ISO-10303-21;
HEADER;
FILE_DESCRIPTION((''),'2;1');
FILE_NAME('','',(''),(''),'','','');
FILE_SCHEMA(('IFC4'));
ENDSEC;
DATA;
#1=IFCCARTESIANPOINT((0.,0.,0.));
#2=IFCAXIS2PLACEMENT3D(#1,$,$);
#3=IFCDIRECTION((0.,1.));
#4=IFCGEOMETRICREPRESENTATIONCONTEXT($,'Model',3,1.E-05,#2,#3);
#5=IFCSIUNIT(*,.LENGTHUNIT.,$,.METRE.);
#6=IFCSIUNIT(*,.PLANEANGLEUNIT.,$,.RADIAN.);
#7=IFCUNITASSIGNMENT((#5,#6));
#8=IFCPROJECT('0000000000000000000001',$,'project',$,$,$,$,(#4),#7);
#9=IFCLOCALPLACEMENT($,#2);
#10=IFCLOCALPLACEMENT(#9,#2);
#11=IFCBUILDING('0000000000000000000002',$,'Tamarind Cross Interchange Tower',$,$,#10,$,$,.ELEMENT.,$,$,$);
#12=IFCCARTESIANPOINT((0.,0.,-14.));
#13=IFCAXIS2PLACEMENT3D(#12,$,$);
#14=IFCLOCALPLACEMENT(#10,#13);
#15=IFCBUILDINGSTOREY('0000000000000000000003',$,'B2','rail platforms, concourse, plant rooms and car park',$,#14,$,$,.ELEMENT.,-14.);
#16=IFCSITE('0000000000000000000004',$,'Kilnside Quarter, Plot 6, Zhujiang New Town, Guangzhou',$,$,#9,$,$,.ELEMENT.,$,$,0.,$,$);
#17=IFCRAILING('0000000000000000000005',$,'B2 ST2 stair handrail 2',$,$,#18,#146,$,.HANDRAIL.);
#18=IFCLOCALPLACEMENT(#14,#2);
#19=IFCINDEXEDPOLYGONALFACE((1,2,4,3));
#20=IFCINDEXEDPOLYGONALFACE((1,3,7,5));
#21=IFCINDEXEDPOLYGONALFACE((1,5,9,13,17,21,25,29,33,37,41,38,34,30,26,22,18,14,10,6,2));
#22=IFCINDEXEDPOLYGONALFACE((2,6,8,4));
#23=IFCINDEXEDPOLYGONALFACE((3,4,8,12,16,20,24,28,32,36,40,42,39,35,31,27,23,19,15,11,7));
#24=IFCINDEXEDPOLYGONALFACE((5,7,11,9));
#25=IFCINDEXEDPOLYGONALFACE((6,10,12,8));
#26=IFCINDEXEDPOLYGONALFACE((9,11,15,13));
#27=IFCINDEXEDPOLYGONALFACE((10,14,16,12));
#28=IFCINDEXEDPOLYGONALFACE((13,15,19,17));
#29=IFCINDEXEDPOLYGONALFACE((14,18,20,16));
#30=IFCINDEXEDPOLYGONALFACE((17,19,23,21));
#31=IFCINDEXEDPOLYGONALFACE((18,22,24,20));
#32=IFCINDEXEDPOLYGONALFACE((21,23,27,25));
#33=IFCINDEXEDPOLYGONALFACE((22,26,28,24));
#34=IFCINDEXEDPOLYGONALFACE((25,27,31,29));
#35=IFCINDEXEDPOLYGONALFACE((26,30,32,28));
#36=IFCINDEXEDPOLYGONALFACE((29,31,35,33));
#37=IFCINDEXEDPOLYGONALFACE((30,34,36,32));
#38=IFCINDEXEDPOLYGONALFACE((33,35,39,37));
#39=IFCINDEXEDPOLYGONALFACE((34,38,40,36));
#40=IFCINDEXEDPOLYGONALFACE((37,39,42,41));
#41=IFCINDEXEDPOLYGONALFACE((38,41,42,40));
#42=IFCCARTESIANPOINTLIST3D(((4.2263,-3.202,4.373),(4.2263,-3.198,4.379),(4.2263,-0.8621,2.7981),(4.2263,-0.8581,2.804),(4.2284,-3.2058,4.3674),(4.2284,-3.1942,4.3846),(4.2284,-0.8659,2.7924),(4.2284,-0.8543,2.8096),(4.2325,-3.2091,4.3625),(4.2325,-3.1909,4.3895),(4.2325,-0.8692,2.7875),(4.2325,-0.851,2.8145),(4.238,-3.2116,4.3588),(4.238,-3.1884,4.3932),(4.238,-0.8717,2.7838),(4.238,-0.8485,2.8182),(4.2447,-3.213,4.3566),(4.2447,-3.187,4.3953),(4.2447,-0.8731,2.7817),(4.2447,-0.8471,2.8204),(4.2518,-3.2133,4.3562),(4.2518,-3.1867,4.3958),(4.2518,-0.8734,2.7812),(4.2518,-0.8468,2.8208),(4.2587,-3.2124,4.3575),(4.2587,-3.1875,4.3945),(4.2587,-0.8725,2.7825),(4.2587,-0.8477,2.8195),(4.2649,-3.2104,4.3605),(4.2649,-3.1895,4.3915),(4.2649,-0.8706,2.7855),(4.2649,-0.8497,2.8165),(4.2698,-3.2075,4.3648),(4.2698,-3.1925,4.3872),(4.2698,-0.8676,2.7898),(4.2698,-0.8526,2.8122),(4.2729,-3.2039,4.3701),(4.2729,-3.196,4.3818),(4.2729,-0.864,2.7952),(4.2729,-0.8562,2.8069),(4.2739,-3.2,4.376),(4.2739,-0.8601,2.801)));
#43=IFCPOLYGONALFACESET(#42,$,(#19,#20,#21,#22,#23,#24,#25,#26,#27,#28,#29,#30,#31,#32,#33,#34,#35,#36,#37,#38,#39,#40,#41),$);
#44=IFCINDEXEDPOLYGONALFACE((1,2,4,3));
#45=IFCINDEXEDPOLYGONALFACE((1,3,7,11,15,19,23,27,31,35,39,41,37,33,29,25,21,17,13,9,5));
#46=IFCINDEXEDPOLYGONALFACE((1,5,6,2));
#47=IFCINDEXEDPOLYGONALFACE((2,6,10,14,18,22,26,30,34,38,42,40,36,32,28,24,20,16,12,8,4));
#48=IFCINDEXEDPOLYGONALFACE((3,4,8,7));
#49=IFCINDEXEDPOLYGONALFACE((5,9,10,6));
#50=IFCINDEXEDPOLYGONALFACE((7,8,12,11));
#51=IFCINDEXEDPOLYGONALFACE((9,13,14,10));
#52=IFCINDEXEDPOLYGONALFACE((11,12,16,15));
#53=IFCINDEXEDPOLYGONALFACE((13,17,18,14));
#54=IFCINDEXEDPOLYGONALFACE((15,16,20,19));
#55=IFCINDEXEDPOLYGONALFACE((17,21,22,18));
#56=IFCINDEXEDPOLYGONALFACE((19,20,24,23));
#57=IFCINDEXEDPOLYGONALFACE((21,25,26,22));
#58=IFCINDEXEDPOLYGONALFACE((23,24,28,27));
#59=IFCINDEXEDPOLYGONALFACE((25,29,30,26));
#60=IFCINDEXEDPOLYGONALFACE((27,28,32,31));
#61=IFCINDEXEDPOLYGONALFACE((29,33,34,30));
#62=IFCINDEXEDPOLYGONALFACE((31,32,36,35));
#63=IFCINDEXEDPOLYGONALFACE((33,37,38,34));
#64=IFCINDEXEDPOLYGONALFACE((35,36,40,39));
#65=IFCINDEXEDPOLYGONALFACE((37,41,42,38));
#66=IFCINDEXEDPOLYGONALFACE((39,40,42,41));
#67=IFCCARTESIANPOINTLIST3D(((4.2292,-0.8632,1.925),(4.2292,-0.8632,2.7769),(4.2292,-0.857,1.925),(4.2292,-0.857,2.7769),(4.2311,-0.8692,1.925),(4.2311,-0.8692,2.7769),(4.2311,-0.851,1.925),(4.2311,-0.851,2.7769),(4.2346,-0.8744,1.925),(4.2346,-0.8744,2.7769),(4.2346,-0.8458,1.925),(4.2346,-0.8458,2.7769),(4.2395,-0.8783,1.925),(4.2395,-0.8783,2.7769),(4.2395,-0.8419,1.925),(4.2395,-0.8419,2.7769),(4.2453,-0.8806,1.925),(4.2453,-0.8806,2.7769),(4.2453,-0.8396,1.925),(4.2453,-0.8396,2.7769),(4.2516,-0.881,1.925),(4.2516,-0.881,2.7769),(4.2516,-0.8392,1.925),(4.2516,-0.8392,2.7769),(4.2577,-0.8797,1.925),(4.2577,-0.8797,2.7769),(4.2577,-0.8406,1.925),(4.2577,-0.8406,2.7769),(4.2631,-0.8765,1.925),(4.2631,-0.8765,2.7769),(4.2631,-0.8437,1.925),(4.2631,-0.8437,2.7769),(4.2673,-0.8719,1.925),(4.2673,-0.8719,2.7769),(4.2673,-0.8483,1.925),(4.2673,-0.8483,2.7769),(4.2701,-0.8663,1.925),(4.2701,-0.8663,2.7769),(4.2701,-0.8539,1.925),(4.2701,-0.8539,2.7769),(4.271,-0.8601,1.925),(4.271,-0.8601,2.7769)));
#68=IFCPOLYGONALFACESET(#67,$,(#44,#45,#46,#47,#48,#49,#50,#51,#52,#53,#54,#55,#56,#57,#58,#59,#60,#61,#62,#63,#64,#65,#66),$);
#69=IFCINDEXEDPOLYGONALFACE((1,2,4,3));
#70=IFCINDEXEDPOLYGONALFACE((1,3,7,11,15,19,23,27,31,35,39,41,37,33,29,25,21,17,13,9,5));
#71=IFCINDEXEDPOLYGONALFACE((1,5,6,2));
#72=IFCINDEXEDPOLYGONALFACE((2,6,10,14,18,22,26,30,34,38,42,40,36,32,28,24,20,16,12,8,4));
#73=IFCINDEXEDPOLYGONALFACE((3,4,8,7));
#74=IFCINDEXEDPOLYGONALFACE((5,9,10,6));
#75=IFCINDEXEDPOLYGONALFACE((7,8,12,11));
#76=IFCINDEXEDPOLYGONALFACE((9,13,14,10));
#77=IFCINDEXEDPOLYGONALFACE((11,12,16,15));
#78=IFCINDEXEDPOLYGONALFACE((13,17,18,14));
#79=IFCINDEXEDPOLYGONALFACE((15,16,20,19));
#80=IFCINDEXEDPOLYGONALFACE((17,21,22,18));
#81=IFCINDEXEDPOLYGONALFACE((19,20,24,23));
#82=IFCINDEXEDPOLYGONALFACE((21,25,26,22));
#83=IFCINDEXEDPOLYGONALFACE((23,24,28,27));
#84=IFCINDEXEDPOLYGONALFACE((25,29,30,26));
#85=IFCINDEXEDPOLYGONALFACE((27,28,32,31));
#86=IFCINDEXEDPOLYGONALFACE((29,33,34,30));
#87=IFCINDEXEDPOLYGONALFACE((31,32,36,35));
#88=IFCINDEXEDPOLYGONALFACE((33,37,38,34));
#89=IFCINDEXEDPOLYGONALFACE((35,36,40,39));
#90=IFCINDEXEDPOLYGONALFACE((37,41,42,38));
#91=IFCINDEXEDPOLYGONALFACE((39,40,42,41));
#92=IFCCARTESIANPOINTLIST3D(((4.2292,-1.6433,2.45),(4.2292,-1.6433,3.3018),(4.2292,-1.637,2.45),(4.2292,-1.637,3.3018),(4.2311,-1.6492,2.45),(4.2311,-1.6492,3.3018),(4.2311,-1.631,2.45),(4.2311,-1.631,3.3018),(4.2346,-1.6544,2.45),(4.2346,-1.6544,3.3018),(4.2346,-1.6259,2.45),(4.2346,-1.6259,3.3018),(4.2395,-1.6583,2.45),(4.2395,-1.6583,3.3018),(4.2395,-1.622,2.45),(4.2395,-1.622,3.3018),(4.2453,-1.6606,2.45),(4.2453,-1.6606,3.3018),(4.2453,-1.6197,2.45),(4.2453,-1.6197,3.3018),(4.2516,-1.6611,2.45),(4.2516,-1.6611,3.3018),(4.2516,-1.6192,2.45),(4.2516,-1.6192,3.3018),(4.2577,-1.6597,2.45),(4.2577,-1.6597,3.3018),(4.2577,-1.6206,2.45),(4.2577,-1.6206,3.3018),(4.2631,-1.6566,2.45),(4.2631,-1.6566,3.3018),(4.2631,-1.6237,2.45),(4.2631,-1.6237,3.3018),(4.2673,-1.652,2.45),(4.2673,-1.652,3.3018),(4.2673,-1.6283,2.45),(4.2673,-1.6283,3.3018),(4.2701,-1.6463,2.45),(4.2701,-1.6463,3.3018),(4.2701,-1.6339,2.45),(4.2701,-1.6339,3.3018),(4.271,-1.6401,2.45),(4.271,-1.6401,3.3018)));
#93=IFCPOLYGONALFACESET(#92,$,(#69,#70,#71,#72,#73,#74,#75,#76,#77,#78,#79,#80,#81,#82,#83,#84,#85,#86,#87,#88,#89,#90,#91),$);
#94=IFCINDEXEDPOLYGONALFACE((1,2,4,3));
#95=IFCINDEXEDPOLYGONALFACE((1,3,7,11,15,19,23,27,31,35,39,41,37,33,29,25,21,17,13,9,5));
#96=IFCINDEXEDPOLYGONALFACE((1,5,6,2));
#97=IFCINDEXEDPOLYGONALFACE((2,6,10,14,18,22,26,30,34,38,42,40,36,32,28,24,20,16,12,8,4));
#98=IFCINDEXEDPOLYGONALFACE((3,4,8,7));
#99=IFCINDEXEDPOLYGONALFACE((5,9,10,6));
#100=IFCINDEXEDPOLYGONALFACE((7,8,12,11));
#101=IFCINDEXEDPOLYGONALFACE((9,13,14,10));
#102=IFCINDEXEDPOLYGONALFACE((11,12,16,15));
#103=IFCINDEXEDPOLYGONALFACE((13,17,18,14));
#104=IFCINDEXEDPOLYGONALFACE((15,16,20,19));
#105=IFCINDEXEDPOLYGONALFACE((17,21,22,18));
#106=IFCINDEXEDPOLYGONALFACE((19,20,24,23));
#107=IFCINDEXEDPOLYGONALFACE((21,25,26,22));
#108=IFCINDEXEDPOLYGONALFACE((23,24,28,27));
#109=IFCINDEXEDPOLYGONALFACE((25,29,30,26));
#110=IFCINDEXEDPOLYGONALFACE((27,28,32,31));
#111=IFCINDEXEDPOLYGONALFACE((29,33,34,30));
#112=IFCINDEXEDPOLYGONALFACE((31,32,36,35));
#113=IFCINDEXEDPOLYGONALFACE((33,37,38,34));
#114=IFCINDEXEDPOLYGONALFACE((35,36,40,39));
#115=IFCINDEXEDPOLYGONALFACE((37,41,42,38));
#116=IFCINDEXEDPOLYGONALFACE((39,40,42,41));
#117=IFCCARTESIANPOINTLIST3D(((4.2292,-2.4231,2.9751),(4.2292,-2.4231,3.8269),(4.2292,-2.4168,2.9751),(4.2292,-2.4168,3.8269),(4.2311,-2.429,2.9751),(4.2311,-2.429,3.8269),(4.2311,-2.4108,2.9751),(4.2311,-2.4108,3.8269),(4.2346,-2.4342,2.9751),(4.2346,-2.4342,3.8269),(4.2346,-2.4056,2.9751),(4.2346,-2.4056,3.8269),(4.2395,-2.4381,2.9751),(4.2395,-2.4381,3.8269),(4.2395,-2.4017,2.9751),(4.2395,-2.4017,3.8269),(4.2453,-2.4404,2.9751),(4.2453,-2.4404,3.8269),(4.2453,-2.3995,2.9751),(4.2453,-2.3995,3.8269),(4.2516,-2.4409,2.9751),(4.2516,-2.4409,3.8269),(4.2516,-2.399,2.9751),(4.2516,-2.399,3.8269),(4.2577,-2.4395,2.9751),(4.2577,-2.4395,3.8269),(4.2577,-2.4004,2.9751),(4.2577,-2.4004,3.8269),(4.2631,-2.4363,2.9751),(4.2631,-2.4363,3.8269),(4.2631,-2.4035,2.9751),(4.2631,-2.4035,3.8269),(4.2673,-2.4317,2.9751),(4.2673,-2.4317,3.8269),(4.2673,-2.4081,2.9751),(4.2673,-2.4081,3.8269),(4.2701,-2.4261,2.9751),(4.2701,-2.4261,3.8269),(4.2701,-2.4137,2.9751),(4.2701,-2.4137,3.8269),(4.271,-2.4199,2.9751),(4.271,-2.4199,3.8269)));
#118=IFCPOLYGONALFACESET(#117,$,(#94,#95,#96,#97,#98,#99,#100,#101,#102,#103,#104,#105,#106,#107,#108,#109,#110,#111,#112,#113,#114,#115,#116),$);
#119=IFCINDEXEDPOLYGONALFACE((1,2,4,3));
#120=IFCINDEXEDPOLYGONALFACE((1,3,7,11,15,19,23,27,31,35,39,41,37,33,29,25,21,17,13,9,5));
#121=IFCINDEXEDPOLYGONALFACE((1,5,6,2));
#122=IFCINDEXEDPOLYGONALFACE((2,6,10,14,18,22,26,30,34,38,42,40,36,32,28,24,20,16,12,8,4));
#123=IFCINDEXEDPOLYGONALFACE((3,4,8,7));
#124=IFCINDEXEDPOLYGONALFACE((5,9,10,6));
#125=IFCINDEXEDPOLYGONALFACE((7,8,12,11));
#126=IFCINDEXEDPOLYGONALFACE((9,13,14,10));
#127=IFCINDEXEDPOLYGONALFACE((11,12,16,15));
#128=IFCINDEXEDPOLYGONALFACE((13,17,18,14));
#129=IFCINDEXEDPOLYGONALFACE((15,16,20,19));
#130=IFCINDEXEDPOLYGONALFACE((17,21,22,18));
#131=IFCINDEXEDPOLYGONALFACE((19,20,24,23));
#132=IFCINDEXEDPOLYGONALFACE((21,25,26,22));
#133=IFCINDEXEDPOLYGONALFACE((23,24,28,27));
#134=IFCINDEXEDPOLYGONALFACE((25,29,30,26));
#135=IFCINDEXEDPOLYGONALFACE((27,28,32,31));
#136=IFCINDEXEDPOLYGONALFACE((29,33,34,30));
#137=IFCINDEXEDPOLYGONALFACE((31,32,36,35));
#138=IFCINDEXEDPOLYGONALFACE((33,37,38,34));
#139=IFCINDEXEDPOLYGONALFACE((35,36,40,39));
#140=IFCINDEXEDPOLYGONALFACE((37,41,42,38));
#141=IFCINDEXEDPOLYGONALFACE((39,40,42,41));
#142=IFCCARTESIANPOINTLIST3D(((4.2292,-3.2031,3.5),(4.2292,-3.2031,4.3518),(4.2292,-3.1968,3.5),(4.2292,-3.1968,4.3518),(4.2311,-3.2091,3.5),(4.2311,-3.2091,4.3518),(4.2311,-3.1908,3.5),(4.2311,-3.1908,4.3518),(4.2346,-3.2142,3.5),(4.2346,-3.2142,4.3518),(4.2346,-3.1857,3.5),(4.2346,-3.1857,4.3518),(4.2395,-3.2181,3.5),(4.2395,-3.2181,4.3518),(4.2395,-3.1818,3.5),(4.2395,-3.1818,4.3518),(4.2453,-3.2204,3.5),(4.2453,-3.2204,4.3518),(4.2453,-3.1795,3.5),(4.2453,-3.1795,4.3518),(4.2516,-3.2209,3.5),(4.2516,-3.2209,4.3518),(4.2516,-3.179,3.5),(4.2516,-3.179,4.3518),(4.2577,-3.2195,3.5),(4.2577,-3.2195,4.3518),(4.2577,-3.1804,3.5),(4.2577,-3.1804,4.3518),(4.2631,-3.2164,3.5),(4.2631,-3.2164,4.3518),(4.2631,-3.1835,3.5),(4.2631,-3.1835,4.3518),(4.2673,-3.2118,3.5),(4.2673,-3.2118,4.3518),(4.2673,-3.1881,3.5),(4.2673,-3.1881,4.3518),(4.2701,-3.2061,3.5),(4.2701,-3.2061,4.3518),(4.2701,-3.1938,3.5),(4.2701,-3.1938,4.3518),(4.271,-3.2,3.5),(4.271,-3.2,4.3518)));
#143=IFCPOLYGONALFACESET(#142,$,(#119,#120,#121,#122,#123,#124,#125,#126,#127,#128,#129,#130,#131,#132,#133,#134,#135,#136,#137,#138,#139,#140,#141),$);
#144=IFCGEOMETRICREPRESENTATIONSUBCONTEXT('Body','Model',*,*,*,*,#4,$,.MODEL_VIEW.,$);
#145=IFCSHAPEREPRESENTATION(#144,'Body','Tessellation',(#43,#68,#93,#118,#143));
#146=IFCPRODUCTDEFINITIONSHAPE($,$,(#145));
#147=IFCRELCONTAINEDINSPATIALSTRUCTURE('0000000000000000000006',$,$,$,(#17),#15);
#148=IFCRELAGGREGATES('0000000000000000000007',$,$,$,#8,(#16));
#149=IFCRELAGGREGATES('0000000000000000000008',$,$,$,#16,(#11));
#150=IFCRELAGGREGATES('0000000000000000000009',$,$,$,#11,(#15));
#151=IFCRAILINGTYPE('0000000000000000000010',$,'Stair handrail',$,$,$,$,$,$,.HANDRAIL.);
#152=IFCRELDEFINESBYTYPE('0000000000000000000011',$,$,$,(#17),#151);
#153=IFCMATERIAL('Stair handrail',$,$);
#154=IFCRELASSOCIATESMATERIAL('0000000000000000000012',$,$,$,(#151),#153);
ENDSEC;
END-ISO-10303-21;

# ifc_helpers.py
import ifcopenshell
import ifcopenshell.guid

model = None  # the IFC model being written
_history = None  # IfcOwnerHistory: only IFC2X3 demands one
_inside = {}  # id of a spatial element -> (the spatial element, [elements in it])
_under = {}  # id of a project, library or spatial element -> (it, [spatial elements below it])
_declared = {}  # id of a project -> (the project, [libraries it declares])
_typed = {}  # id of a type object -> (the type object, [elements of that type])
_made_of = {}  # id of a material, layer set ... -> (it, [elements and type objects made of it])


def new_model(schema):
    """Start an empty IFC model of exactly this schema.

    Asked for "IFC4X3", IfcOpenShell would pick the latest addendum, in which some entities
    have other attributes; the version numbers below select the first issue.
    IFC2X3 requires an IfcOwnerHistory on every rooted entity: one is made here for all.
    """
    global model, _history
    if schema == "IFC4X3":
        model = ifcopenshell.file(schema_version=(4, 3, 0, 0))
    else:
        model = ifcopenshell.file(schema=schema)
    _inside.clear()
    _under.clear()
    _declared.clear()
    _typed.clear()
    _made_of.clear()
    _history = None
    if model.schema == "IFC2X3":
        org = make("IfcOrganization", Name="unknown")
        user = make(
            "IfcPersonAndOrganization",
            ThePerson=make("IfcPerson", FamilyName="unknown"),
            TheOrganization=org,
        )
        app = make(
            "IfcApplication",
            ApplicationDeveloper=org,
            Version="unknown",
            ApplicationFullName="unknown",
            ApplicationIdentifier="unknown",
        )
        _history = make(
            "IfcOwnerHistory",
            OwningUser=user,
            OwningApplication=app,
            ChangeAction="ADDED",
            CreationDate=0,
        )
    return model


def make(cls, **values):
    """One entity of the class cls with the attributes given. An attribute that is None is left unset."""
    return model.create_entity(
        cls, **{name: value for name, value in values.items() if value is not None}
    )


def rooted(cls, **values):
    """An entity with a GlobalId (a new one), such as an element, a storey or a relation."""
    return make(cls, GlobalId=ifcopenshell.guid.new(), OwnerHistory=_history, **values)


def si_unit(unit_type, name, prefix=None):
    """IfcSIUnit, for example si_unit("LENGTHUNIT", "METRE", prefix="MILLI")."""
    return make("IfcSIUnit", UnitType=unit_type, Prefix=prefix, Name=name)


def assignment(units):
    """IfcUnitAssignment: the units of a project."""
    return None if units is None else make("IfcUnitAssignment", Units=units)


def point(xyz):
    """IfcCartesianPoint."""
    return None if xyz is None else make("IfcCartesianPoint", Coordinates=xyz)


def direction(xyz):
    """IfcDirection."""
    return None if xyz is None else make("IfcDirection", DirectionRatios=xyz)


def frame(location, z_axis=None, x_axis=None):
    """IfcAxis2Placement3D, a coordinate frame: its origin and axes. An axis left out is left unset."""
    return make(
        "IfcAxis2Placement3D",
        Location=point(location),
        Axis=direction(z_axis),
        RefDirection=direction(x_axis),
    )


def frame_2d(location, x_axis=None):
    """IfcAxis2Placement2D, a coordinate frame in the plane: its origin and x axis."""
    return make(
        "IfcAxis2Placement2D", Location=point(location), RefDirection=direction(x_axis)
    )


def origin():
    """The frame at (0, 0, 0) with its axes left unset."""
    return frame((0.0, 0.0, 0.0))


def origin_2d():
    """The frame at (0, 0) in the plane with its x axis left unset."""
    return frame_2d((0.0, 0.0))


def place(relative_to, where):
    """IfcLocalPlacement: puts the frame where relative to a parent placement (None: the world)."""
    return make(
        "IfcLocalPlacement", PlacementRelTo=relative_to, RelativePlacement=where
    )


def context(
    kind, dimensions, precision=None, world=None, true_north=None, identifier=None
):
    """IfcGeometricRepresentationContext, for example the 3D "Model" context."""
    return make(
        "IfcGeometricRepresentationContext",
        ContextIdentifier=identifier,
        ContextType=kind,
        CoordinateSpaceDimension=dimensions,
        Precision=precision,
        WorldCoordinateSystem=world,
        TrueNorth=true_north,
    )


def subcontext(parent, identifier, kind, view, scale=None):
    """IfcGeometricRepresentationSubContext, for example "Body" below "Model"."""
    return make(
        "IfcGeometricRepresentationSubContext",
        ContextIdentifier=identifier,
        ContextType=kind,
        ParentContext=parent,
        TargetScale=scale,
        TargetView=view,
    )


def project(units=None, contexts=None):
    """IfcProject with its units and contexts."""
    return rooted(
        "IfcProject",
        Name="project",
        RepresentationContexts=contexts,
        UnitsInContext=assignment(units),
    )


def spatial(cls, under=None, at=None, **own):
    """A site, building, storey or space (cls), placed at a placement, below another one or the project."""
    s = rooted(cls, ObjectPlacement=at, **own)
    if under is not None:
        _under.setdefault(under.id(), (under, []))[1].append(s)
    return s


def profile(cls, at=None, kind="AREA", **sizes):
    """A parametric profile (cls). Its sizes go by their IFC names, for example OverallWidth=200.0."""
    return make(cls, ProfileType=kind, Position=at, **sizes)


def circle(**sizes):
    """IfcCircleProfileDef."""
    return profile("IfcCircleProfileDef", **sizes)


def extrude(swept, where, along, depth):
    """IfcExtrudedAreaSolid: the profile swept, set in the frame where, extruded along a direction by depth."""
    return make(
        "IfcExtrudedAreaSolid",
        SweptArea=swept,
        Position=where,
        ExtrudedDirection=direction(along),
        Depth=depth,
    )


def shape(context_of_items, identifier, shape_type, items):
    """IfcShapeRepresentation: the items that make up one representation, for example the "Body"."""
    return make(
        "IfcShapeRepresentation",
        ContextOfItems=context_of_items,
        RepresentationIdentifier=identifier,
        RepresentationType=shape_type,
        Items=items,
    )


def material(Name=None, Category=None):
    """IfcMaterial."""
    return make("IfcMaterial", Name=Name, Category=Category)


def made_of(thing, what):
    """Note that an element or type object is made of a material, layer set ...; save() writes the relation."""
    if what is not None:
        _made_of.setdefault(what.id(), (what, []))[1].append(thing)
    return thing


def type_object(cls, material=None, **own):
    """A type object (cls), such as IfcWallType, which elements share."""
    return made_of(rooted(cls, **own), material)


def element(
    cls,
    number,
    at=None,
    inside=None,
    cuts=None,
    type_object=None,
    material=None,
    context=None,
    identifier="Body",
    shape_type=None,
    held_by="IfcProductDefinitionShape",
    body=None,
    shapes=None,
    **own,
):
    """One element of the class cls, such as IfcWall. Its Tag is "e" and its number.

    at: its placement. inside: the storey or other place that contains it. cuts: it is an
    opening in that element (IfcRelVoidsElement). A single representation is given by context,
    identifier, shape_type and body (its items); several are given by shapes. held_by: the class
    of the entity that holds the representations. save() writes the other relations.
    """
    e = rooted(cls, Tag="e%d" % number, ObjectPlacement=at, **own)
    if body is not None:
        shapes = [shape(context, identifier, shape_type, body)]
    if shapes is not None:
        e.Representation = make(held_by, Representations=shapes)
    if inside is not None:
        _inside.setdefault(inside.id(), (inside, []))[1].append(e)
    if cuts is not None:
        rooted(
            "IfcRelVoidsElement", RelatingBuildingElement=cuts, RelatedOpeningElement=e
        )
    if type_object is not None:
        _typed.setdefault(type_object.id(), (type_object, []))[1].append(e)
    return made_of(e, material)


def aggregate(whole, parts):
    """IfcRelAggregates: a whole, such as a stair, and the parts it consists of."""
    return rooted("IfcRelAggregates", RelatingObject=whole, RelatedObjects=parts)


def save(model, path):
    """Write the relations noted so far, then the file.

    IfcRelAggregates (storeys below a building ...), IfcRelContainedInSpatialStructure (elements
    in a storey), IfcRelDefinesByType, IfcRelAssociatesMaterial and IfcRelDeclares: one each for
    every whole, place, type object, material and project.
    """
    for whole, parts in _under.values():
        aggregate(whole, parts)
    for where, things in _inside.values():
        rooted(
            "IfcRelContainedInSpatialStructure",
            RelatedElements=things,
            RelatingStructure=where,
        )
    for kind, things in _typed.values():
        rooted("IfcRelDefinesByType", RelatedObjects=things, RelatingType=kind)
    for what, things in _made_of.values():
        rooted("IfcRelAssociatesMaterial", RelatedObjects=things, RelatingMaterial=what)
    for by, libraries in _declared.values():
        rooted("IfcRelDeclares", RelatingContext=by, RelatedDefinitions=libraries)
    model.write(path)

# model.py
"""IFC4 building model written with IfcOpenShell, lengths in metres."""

from ifc_helpers import new_model, si_unit, direction, frame, origin, origin_2d, place, context, subcontext, project, spatial, circle, extrude, material, type_object, element, save


model = new_model("IFC4")

# Units and contexts
model_context = context("Model", 3, precision=1e-05, world=origin(), true_north=direction((0.0, 1.0)))
body_context = subcontext(model_context, "Body", "Model", "MODEL_VIEW")
ifc_project = project(units=[si_unit("LENGTHUNIT", "METRE"), si_unit("PLANEANGLEUNIT", "RADIAN")], contexts=[model_context])

# Site, building, storey
site_placement = place(None, origin())
site = spatial("IfcSite", under=ifc_project, at=site_placement, Name="Kilnside Quarter, Plot 6, Zhujiang New Town, Guangzhou", CompositionType="ELEMENT", RefElevation=0.0)
building_placement = place(site_placement, origin())
building = spatial("IfcBuilding", under=site, at=building_placement, Name="Tamarind Cross Interchange Tower", CompositionType="ELEMENT")
storey_placement = place(building_placement, frame((0.0, 0.0, -14.0)))
storey = spatial("IfcBuildingStorey", under=building, at=storey_placement, Name="B2", Description="rail platforms, concourse, plant rooms and car park", CompositionType="ELEMENT", Elevation=-14.0)

# Railing
ifc_material_1 = material(Name="Stair handrail")
railing_type_1 = type_object("IfcRailingType", Name="Stair handrail", PredefinedType="HANDRAIL", material=ifc_material_1)
railing_1_placement = place(storey_placement, frame((4.25, -0.8601, 1.925)))
element("IfcRailing", 1, at=railing_1_placement, inside=storey, type_object=railing_type_1, Name="B2 ST2 stair handrail 2", PredefinedType="HANDRAIL", context=body_context, shape_type="SweptSolid", body=[
    extrude(circle(Radius=0.0239, at=origin_2d()), frame((0.0, 0.0, 0.876), z_axis=(0.0, -0.829578, 0.55839), x_axis=(1.0, 0.0, 0.0)), (0.0, 0.0, 1.0), 2.8206),
    extrude(circle(Radius=0.021, at=origin_2d()), origin(), (0.0, 0.0, 1.0), 0.8518),
    extrude(circle(Radius=0.021, at=origin_2d()), frame((0.0, -0.78, 0.5249)), (0.0, 0.0, 1.0), 0.8518),
    extrude(circle(Radius=0.021, at=origin_2d()), frame((0.0, -1.5598, 1.05)), (0.0, 0.0, 1.0), 0.8518),
    extrude(circle(Radius=0.021, at=origin_2d()), frame((0.0, -2.3398, 1.575)), (0.0, 0.0, 1.0), 0.8518),
])

save(model, "model.ifc")
